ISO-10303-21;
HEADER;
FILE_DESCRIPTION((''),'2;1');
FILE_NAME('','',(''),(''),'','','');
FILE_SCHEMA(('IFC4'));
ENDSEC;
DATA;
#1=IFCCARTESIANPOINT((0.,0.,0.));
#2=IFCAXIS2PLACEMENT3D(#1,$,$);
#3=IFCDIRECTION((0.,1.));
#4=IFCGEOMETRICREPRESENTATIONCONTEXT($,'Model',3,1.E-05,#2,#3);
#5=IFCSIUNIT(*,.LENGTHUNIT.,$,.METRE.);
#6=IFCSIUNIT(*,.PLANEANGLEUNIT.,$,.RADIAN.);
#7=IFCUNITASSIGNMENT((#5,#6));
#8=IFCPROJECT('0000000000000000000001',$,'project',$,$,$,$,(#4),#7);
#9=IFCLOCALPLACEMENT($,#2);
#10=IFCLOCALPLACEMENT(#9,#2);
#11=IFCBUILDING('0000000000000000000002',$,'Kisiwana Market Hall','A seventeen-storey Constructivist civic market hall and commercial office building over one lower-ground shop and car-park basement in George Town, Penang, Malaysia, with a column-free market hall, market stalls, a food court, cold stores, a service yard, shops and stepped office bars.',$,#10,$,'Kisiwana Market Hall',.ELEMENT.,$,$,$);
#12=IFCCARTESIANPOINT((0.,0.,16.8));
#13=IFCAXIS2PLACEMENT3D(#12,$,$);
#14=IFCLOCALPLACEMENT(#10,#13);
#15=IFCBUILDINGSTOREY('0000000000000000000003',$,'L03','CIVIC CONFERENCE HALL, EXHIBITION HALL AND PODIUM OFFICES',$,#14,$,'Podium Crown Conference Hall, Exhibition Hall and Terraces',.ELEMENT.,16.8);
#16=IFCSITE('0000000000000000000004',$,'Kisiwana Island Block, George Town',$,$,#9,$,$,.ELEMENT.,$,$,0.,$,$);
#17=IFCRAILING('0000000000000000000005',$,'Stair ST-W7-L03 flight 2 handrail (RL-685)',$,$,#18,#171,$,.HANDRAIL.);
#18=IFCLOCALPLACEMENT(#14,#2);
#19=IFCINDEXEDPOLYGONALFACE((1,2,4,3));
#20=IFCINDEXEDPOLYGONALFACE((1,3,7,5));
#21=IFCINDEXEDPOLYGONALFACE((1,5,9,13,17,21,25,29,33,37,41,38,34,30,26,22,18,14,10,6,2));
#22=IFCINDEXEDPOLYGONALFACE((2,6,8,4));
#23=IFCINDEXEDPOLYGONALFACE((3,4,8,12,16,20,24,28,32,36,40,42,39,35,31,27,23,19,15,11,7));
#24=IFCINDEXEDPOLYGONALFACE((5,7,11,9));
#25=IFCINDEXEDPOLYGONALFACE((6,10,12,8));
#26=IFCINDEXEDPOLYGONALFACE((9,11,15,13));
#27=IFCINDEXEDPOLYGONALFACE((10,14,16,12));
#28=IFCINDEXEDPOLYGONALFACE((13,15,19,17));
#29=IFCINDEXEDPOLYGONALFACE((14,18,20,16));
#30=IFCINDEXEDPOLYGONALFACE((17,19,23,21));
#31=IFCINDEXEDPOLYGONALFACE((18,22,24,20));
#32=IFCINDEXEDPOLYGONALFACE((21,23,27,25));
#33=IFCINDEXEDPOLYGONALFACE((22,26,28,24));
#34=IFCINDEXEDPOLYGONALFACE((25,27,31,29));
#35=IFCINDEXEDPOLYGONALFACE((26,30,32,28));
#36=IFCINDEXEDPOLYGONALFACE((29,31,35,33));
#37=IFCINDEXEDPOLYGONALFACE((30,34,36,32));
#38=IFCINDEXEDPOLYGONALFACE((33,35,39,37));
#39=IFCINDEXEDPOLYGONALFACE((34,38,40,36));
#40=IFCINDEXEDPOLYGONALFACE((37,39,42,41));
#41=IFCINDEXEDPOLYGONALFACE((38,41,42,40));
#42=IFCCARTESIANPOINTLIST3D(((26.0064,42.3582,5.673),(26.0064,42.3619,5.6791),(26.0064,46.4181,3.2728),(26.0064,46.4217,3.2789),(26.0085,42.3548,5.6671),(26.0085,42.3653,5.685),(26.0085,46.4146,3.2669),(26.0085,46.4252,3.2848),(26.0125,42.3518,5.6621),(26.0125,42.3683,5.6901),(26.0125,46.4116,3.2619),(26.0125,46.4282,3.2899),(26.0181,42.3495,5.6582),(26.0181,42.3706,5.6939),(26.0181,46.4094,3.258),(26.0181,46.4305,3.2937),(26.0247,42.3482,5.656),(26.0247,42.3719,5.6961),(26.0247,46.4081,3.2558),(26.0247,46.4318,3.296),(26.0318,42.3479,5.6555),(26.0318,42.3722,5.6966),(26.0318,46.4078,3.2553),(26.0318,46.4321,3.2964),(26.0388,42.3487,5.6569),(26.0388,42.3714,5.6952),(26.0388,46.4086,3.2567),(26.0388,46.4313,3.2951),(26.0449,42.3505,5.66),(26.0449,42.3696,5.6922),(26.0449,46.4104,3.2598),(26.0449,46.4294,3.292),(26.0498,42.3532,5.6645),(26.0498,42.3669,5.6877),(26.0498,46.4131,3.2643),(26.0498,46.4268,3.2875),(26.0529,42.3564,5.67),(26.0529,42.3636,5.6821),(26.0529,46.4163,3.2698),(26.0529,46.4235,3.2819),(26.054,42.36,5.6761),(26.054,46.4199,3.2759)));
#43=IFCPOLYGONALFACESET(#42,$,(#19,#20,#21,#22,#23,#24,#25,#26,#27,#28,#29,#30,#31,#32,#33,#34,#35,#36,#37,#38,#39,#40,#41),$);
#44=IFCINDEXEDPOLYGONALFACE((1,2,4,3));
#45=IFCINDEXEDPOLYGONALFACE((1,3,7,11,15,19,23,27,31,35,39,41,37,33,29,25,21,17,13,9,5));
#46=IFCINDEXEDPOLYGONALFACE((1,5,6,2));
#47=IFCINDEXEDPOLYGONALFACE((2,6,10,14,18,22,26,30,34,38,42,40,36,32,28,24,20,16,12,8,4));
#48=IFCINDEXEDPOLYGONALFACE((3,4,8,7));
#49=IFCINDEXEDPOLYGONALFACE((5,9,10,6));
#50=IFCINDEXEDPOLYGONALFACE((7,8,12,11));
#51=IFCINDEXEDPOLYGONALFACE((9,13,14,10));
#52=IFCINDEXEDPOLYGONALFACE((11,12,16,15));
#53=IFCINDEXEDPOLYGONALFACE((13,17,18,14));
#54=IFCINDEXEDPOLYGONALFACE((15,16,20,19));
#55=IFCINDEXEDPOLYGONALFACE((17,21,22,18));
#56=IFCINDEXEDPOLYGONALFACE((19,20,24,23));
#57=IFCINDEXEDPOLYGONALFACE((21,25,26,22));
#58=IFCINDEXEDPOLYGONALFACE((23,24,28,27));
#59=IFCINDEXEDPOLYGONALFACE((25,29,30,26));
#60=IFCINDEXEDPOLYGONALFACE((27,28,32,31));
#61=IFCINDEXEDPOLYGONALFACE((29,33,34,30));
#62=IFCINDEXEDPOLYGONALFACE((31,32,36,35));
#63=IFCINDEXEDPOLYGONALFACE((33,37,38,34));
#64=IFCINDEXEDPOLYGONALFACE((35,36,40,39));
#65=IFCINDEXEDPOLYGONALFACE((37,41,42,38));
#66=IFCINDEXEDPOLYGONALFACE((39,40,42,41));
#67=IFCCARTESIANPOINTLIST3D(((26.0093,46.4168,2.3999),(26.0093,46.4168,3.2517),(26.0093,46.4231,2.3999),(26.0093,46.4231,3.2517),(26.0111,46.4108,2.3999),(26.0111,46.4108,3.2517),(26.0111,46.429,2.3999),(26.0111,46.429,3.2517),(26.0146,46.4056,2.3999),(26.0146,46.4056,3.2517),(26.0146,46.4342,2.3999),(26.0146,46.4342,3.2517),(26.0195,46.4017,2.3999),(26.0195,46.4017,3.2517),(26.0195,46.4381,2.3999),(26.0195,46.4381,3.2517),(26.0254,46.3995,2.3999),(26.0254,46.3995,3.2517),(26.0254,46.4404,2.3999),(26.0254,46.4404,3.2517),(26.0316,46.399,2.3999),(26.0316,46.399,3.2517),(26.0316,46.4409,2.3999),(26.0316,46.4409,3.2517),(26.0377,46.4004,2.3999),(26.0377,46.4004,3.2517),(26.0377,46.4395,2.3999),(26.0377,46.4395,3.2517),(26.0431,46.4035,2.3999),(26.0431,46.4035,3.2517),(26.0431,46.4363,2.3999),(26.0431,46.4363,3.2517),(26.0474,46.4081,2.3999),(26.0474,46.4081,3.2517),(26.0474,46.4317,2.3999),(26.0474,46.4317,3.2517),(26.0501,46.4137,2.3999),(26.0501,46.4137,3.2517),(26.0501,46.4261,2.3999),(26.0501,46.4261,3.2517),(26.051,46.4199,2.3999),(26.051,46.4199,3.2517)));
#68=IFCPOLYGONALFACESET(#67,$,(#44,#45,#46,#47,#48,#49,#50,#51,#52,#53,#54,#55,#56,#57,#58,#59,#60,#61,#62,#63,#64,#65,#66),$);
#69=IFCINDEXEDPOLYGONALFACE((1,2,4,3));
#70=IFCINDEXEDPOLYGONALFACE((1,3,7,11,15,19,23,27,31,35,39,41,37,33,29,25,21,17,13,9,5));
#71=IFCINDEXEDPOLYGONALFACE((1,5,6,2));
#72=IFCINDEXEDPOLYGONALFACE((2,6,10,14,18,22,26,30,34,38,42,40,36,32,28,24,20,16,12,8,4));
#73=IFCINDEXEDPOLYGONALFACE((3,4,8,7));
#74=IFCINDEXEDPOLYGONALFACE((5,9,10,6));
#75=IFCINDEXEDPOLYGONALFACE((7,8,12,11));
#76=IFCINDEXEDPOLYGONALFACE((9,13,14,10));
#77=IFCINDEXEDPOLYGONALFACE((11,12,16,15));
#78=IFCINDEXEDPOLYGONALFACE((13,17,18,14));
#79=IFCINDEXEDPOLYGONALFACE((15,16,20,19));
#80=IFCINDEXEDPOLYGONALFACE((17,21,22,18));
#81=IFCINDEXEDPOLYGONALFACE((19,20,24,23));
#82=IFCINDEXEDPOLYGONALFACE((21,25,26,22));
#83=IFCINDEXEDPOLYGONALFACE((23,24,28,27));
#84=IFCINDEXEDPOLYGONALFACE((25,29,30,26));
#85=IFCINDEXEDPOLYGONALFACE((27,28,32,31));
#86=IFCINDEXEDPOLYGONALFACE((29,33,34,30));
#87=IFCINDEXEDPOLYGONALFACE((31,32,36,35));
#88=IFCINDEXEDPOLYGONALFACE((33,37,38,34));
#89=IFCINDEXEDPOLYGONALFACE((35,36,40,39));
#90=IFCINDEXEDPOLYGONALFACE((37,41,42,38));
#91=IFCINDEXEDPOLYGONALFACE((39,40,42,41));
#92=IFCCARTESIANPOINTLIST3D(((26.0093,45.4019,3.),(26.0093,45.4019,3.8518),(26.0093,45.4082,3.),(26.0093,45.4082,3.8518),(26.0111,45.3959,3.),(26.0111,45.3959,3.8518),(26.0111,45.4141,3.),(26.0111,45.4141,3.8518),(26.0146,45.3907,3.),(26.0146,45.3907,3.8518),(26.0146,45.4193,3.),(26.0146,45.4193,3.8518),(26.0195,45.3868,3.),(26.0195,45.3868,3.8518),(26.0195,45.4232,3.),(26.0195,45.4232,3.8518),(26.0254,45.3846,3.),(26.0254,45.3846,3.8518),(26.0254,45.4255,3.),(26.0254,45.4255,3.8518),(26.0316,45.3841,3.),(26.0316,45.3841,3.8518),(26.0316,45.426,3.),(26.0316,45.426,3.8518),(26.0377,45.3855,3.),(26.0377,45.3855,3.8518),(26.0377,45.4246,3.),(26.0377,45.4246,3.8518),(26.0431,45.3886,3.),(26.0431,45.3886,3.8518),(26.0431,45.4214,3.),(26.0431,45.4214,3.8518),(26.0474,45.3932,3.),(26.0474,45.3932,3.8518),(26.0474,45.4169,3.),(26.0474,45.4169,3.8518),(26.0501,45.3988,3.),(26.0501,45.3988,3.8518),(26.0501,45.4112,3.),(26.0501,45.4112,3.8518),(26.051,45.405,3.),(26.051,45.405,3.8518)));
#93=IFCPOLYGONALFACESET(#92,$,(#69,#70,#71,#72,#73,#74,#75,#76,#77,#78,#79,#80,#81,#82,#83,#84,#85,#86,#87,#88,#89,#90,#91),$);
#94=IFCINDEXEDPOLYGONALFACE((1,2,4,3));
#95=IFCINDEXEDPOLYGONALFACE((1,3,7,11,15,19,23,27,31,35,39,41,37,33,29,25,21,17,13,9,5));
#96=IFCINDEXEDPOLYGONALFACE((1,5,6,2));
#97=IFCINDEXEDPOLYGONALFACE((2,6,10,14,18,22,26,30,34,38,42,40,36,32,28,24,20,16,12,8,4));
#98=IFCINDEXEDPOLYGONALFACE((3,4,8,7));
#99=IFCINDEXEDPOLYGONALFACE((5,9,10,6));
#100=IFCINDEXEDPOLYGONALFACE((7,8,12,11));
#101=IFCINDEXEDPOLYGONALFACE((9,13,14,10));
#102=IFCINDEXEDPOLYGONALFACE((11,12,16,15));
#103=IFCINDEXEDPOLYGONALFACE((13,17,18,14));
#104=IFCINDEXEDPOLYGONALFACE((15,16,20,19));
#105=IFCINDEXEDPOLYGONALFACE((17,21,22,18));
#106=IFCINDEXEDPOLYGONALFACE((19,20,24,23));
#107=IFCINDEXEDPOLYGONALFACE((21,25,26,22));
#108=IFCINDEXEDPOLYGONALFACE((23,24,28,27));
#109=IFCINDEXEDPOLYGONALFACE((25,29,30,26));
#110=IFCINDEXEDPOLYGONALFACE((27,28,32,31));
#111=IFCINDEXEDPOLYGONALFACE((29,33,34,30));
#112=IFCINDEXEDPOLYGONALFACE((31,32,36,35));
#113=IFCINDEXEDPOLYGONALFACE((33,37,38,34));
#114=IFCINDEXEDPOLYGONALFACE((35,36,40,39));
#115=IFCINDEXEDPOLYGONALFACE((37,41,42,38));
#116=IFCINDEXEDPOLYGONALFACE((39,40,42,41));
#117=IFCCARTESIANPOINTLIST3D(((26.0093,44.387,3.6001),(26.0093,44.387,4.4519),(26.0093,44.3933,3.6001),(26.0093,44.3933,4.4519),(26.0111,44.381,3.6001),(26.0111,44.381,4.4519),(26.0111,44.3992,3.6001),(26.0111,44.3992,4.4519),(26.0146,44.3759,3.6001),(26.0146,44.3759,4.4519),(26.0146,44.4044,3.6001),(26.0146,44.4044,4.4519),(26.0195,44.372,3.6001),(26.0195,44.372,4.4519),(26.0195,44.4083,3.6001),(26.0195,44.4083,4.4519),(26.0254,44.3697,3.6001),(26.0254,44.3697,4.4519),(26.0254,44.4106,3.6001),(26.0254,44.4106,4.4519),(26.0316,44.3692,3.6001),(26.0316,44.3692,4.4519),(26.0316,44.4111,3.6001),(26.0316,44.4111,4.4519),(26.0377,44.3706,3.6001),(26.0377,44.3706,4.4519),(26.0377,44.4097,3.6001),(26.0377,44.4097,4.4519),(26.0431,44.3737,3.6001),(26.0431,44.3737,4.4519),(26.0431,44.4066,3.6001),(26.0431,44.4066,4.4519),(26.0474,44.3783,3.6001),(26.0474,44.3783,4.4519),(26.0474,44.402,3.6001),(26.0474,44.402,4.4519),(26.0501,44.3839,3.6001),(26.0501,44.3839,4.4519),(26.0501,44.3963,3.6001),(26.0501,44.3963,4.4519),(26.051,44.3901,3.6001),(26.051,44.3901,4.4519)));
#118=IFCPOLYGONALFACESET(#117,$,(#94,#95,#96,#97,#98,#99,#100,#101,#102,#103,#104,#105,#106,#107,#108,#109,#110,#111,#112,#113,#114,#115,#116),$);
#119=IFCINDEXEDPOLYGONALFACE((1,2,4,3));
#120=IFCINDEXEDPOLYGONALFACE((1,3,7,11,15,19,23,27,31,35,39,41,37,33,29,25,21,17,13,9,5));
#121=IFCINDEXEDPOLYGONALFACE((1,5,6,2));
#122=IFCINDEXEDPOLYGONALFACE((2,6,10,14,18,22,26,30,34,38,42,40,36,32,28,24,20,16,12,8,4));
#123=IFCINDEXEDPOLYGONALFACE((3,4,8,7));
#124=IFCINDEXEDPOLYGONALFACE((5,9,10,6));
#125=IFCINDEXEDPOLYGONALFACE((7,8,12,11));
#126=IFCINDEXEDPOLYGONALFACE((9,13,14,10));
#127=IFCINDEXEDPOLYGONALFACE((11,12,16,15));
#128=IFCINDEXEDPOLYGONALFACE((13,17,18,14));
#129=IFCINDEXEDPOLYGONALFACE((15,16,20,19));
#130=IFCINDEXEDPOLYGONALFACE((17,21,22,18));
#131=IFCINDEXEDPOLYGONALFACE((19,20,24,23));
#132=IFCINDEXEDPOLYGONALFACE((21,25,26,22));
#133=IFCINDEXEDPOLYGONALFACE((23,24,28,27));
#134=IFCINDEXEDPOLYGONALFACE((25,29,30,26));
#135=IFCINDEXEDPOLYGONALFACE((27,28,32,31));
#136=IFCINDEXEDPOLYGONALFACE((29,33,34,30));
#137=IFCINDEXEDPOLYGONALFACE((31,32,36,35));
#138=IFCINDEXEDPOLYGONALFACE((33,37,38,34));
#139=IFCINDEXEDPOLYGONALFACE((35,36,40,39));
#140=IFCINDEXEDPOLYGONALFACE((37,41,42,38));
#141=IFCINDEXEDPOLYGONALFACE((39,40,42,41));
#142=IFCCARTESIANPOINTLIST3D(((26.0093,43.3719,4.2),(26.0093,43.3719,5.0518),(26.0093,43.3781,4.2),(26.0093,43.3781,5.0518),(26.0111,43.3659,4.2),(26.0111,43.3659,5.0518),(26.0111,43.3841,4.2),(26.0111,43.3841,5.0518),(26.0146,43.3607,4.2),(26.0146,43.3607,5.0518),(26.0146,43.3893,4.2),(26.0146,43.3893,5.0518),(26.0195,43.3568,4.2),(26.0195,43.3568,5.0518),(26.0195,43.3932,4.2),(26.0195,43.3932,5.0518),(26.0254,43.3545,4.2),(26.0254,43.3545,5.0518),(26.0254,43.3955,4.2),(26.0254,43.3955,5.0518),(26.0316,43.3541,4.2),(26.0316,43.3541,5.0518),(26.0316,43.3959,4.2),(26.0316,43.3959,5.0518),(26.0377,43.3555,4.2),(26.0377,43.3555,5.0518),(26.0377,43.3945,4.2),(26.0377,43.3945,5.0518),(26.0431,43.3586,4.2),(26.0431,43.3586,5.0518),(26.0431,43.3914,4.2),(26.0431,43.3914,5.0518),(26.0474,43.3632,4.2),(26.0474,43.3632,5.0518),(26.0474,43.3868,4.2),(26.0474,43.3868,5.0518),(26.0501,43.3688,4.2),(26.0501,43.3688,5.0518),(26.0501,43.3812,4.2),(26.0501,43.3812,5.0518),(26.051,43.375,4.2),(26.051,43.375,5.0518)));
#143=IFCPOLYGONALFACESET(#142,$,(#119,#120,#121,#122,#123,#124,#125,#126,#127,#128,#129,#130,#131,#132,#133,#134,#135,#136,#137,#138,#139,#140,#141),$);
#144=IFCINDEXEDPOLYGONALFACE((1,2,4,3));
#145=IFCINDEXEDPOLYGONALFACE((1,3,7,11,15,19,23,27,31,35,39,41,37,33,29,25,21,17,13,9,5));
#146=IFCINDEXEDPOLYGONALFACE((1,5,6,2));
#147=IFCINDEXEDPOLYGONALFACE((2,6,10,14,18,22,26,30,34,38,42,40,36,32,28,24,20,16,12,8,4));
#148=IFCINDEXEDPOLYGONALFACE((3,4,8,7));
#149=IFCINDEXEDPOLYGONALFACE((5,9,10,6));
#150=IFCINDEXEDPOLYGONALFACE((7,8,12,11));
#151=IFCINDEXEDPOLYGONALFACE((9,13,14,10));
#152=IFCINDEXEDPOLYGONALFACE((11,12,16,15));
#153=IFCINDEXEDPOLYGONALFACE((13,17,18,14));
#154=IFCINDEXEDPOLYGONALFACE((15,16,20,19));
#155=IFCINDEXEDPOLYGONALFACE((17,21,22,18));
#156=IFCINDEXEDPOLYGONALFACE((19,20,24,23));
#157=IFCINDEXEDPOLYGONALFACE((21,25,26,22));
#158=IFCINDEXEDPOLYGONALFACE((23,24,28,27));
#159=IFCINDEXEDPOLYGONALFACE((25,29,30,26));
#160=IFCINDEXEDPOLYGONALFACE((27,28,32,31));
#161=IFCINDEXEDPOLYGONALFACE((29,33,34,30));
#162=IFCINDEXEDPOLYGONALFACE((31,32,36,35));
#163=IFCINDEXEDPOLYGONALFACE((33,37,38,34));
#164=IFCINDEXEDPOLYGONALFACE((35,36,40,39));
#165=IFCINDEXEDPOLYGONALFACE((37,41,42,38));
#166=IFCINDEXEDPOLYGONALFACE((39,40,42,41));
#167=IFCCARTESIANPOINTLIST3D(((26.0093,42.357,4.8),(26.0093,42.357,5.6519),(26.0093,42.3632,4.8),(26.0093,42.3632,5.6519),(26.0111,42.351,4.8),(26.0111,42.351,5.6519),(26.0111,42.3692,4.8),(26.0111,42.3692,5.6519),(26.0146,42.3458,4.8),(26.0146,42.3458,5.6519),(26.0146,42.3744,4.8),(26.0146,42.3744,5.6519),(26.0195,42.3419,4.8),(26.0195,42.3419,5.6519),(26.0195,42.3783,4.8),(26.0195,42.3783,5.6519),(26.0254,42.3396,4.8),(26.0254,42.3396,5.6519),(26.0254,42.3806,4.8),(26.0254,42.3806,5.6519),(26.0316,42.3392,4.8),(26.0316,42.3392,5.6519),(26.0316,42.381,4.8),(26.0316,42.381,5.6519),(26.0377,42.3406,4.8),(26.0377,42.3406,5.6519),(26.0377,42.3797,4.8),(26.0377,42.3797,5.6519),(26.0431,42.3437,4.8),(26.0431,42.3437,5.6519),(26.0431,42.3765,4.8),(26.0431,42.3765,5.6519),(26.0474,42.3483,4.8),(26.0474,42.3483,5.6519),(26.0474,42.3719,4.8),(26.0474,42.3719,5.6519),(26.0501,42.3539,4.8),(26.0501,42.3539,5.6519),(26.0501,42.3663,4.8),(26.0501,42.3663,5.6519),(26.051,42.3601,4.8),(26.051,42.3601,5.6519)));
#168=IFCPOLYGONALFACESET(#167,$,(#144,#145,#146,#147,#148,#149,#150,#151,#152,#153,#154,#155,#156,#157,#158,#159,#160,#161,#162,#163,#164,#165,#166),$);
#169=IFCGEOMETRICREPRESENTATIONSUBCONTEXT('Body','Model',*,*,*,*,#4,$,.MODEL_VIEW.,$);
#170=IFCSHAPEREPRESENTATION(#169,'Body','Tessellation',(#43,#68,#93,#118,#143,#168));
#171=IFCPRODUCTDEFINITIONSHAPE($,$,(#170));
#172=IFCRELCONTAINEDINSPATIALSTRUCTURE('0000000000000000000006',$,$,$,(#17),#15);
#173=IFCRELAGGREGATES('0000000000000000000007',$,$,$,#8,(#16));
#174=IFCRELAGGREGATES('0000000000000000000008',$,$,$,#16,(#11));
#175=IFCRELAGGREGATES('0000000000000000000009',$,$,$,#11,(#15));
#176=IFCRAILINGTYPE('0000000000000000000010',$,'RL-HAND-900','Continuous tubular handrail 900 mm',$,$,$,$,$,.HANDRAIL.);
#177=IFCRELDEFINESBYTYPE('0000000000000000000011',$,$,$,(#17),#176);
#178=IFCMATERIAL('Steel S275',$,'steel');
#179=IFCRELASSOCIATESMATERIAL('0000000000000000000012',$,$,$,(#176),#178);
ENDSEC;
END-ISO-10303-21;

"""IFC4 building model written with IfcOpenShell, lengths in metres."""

from ifc_helpers import new_model, si_unit, direction, frame, origin, origin_2d, place, context, subcontext, project, spatial, circle, extrude, material, type_object, element, save


model = new_model("IFC4")

# Units and contexts
model_context = context("Model", 3, precision=1e-05, world=origin(), true_north=direction((0.0, 1.0)))
body_context = subcontext(model_context, "Body", "Model", "MODEL_VIEW")
ifc_project = project(units=[si_unit("LENGTHUNIT", "METRE"), si_unit("PLANEANGLEUNIT", "RADIAN")], contexts=[model_context])

# Site, building, storey
site_placement = place(None, origin())
site = spatial("IfcSite", under=ifc_project, at=site_placement, Name="Kisiwana Island Block, George Town", CompositionType="ELEMENT", RefElevation=0.0)
building_placement = place(site_placement, origin())
building = spatial("IfcBuilding", under=site, at=building_placement, Name="Kisiwana Market Hall", Description="A seventeen-storey Constructivist civic market hall and commercial office building over one lower-ground shop and car-park basement in George Town, Penang, Malaysia, with a column-free market hall, market stalls, a food court, cold stores, a service yard, shops and stepped office bars.", LongName="Kisiwana Market Hall", CompositionType="ELEMENT")
storey_placement = place(building_placement, frame((0.0, 0.0, 16.8)))
storey = spatial("IfcBuildingStorey", under=building, at=storey_placement, Name="L03", Description="CIVIC CONFERENCE HALL, EXHIBITION HALL AND PODIUM OFFICES", LongName="Podium Crown Conference Hall, Exhibition Hall and Terraces", CompositionType="ELEMENT", Elevation=16.8)

# Railing
ifc_material_1 = material(Name="Steel S275", Category="steel")
railing_type_1 = type_object("IfcRailingType", Name="RL-HAND-900", Description="Continuous tubular handrail 900 mm", PredefinedType="HANDRAIL", material=ifc_material_1)
railing_1_placement = place(storey_placement, frame((26.03, 46.4199, 2.3999)))
element("IfcRailing", 1, at=railing_1_placement, inside=storey, type_object=railing_type_1, Name="Stair ST-W7-L03 flight 2 handrail (RL-685)", PredefinedType="HANDRAIL", context=body_context, shape_type="SweptSolid", body=[
    extrude(circle(Radius=0.0239, at=origin_2d()), frame((0.0, 0.0, 0.876), z_axis=(0.0, -0.860818, 0.508912), x_axis=(1.0, 0.0, 0.0)), (0.0, 0.0, 1.0), 4.7163),
    extrude(circle(Radius=0.021, at=origin_2d()), origin(), (0.0, 0.0, 1.0), 0.8518),
    extrude(circle(Radius=0.021, at=origin_2d()), frame((0.0, -1.0149, 0.6001)), (0.0, 0.0, 1.0), 0.8518),
    extrude(circle(Radius=0.021, at=origin_2d()), frame((0.0, -2.0298, 1.2002)), (0.0, 0.0, 1.0), 0.8518),
    extrude(circle(Radius=0.021, at=origin_2d()), frame((0.0, -3.0449, 1.8)), (0.0, 0.0, 1.0), 0.8518),
    extrude(circle(Radius=0.021, at=origin_2d()), frame((0.0, -4.0598, 2.4001)), (0.0, 0.0, 1.0), 0.8518),
])

save(model, "model.ifc")
